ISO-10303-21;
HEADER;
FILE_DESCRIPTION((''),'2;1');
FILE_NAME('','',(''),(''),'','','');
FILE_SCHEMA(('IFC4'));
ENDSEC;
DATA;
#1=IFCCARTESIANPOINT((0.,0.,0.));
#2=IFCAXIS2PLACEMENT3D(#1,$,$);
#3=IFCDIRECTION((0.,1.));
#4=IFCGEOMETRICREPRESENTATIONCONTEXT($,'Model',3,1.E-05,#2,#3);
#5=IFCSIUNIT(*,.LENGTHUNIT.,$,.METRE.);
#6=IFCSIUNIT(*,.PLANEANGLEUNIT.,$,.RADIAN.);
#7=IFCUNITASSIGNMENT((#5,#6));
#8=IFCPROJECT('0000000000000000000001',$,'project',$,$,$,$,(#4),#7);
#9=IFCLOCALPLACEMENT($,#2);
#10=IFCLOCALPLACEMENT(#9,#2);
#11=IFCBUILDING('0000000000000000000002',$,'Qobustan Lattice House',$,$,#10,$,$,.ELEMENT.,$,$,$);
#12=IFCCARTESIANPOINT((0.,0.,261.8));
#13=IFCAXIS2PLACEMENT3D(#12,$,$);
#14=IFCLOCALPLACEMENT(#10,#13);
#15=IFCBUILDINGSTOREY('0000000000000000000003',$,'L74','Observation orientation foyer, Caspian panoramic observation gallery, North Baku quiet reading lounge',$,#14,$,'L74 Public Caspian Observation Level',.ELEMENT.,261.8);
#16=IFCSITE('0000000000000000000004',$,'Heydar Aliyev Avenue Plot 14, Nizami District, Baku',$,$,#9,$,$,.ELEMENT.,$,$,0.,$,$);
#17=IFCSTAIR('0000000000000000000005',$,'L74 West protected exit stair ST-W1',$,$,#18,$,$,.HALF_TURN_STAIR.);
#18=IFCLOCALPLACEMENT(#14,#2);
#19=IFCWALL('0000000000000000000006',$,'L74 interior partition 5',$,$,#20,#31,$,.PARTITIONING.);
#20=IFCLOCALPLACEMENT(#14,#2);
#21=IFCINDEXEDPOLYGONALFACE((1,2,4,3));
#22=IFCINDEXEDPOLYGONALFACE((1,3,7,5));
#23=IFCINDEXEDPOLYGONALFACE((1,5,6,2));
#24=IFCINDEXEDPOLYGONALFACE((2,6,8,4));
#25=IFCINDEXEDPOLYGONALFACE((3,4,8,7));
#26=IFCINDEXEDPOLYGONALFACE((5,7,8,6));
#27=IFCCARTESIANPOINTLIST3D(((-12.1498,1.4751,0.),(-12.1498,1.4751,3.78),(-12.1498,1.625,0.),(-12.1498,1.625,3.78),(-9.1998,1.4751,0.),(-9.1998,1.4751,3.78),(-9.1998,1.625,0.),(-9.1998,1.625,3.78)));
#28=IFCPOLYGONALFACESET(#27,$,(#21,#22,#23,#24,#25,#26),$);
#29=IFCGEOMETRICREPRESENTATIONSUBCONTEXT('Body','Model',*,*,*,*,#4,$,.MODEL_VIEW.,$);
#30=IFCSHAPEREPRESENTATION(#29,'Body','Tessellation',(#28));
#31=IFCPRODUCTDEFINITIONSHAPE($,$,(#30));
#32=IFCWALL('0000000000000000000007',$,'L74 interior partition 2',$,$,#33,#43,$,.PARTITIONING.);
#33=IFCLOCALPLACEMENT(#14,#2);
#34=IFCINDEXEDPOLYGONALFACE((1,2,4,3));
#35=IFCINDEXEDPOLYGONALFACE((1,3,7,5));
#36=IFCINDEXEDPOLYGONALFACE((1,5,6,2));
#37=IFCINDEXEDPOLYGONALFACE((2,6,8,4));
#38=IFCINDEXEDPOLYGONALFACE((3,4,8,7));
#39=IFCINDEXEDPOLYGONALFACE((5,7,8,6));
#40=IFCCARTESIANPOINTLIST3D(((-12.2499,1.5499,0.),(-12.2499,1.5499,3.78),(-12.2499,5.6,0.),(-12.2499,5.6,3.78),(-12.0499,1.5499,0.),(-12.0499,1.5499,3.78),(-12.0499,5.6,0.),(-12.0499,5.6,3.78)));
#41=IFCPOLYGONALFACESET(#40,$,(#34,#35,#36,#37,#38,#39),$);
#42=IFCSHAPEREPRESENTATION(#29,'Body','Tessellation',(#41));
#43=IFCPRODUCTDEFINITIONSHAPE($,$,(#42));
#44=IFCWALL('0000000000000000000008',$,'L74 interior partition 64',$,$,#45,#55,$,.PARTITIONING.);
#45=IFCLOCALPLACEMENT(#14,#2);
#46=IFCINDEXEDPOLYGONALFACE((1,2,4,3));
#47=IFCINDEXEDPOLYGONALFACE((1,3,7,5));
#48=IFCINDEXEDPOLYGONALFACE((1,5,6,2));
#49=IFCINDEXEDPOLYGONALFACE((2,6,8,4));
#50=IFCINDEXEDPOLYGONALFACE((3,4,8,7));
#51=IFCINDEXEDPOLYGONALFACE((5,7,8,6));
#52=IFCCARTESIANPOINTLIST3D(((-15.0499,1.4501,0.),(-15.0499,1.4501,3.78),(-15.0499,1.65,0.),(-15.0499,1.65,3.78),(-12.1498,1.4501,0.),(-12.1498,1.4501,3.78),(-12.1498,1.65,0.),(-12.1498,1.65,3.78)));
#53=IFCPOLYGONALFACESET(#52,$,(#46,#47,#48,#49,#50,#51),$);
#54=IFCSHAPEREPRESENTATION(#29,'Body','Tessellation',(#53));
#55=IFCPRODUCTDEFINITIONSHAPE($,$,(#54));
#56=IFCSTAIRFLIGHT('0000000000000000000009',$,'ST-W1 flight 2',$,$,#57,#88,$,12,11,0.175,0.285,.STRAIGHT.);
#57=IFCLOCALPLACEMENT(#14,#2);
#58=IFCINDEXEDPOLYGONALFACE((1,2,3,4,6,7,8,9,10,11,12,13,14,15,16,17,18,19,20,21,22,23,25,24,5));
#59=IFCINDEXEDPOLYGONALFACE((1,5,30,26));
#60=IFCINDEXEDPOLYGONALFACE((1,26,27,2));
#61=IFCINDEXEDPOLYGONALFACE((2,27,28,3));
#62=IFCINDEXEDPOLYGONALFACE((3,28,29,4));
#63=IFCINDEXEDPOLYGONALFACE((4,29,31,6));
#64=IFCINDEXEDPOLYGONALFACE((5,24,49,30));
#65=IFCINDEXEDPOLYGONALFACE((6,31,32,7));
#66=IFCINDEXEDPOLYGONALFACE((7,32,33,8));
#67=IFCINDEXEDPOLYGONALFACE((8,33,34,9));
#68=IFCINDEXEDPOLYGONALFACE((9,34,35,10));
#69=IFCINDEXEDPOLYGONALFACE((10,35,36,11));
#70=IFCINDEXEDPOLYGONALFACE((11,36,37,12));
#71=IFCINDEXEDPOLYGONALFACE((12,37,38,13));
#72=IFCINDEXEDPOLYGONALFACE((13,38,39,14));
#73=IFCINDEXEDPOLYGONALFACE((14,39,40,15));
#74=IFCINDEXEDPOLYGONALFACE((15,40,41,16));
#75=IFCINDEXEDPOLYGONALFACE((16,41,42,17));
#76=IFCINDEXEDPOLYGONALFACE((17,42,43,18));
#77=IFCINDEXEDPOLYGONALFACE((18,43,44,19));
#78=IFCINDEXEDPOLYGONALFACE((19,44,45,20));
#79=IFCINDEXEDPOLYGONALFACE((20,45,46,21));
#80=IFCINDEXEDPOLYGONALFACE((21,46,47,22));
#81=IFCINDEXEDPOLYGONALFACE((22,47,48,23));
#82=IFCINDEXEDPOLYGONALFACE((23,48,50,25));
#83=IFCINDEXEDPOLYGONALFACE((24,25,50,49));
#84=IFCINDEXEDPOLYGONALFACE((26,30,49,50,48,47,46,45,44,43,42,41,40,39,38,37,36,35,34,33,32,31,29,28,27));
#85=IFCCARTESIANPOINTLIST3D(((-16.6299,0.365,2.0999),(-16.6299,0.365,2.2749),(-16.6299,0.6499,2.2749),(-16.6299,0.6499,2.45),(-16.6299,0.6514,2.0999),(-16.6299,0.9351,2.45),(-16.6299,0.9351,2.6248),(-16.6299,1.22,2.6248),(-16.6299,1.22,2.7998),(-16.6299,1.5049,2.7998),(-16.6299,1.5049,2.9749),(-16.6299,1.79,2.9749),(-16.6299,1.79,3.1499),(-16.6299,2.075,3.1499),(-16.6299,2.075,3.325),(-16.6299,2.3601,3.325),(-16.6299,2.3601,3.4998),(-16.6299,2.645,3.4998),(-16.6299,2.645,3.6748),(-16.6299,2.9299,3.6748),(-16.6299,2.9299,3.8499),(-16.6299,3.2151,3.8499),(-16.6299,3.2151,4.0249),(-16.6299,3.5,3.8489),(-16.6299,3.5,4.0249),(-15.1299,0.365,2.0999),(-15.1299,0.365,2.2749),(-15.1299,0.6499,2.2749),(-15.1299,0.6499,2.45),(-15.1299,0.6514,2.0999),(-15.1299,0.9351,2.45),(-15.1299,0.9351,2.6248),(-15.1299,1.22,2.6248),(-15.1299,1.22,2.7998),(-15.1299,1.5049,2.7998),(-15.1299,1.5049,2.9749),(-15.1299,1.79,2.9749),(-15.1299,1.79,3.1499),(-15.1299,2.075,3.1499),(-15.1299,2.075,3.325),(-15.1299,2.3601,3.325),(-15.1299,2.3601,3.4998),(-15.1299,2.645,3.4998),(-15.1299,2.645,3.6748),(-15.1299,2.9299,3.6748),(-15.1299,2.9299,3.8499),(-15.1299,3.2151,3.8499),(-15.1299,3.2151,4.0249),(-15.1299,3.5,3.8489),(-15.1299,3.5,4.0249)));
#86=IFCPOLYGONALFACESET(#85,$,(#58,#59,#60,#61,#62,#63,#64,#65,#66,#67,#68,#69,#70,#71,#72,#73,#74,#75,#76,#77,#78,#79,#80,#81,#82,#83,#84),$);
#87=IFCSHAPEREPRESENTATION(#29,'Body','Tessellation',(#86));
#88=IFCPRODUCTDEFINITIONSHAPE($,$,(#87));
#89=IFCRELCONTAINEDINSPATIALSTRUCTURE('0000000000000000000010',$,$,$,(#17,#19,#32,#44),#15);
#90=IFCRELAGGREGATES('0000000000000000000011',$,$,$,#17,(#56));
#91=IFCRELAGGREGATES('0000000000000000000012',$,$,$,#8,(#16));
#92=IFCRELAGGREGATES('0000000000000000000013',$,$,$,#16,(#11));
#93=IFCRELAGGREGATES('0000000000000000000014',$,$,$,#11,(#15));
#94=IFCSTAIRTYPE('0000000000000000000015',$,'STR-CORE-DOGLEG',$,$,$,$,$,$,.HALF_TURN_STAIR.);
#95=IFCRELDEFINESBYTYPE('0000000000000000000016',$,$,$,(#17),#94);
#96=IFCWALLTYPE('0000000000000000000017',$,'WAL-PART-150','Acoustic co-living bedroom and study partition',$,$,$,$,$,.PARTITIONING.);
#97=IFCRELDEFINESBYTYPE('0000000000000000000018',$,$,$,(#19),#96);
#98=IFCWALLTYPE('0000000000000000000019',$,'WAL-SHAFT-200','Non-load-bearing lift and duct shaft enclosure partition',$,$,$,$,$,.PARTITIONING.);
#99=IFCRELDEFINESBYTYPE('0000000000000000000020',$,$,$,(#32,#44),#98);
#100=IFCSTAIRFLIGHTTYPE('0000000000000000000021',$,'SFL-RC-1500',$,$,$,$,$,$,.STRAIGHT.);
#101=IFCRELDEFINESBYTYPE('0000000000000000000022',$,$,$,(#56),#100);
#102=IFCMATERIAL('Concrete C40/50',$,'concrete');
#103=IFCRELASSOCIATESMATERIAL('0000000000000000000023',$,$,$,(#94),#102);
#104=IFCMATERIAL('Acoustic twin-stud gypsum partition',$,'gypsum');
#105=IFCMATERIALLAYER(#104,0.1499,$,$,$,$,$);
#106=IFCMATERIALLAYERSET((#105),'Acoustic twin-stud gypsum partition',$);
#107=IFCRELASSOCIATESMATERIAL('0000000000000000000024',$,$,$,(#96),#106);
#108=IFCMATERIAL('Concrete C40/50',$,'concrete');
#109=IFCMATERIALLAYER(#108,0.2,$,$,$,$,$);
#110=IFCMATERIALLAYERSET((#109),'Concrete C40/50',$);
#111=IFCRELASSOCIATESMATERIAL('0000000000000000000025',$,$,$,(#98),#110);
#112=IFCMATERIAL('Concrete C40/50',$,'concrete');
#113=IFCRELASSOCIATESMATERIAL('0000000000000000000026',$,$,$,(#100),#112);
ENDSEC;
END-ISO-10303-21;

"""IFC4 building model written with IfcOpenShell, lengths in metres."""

from ifc_helpers import new_model, si_unit, direction, frame, frame_2d, origin, place, context, subcontext, project, spatial, polyline, rectangle, outline, extrude, material, layer, layer_set, type_object, element, aggregate, save


model = new_model("IFC4")

# Units and contexts
model_context = context("Model", 3, precision=1e-05, world=origin(), true_north=direction((0.0, 1.0)))
body_context = subcontext(model_context, "Body", "Model", "MODEL_VIEW")
ifc_project = project(units=[si_unit("LENGTHUNIT", "METRE"), si_unit("PLANEANGLEUNIT", "RADIAN")], contexts=[model_context])

# Site, building, storey
site_placement = place(None, origin())
site = spatial("IfcSite", under=ifc_project, at=site_placement, Name="Heydar Aliyev Avenue Plot 14, Nizami District, Baku", CompositionType="ELEMENT", RefElevation=0.0)
building_placement = place(site_placement, origin())
building = spatial("IfcBuilding", under=site, at=building_placement, Name="Qobustan Lattice House", CompositionType="ELEMENT")
storey_placement = place(building_placement, frame((0.0, 0.0, 261.8)))
storey = spatial("IfcBuildingStorey", under=building, at=storey_placement, Name="L74", Description="Observation orientation foyer, Caspian panoramic observation gallery, North Baku quiet reading lounge", LongName="L74 Public Caspian Observation Level", CompositionType="ELEMENT", Elevation=261.8)

# Stair
ifc_material_1 = material(Name="Concrete C40/50", Category="concrete")
stair_type = type_object("IfcStairType", Name="STR-CORE-DOGLEG", PredefinedType="HALF_TURN_STAIR", material=ifc_material_1)
stair_1_placement = place(storey_placement, origin())
stair_1 = element("IfcStair", 1, at=stair_1_placement, inside=storey, type_object=stair_type, Name="L74 West protected exit stair ST-W1", PredefinedType="HALF_TURN_STAIR")

# Walls
ifc_material_2 = material(Name="Acoustic twin-stud gypsum partition", Category="gypsum")
ifc_layer_1 = layer(ifc_material_2, 0.1499)
ifc_layer_set_1 = layer_set([ifc_layer_1], Name="Acoustic twin-stud gypsum partition")
wall_type_1 = type_object("IfcWallType", Name="WAL-PART-150", Description="Acoustic co-living bedroom and study partition", PredefinedType="PARTITIONING", material=ifc_layer_set_1)
wall_1_placement = place(storey_placement, frame((-12.1499, 1.55, 0.0), z_axis=(0.0, 0.0, 1.0), x_axis=(1.0, 0.0, 0.0)))
element("IfcWall", 2, at=wall_1_placement, inside=storey, type_object=wall_type_1, Name="L74 interior partition 5", PredefinedType="PARTITIONING", context=body_context, shape_type="SweptSolid", body=[
    extrude(rectangle(XDim=2.95, YDim=0.1499, at=frame_2d((1.4751, 0.0))), origin(), (0.0, 0.0, 1.0), 3.78),
])
ifc_material_3 = material(Name="Concrete C40/50", Category="concrete")
ifc_layer_2 = layer(ifc_material_3, 0.2)
ifc_layer_set_2 = layer_set([ifc_layer_2], Name="Concrete C40/50")
wall_type_2 = type_object("IfcWallType", Name="WAL-SHAFT-200", Description="Non-load-bearing lift and duct shaft enclosure partition", PredefinedType="PARTITIONING", material=ifc_layer_set_2)
wall_2_placement = place(storey_placement, frame((-12.1499, 1.55, 0.0), z_axis=(0.0, 0.0, 1.0), x_axis=(0.0, 1.0, 0.0)))
element("IfcWall", 3, at=wall_2_placement, inside=storey, type_object=wall_type_2, Name="L74 interior partition 2", PredefinedType="PARTITIONING", context=body_context, shape_type="SweptSolid", body=[
    extrude(rectangle(XDim=4.05, YDim=0.2, at=frame_2d((2.0249, 0.0))), origin(), (0.0, 0.0, 1.0), 3.78),
])
wall_3_placement = place(storey_placement, frame((-15.05, 1.55, 0.0), z_axis=(0.0, 0.0, 1.0), x_axis=(1.0, 0.0, 0.0)))
element("IfcWall", 4, at=wall_3_placement, inside=storey, type_object=wall_type_2, Name="L74 interior partition 64", PredefinedType="PARTITIONING", context=body_context, shape_type="SweptSolid", body=[
    extrude(rectangle(XDim=2.9001, YDim=0.2, at=frame_2d((1.4502, 0.0))), origin(), (0.0, 0.0, 1.0), 3.78),
])

# Stair flight
ifc_material_4 = material(Name="Concrete C40/50", Category="concrete")
stair_flight_type = type_object("IfcStairFlightType", Name="SFL-RC-1500", PredefinedType="STRAIGHT", material=ifc_material_4)
stair_flight_placement = place(storey_placement, frame((-15.8799, 0.365, 2.0999), z_axis=(0.0, 0.0, 1.0), x_axis=(0.0, 1.0, 0.0)))
stair_flight = element("IfcStairFlight", 5, at=stair_flight_placement, type_object=stair_flight_type, Name="ST-W1 flight 2", NumberOfRisers=12, NumberOfTreads=11, PredefinedType="STRAIGHT", RiserHeight=0.175, TreadLength=0.285, context=body_context, shape_type="SweptSolid", body=[
    extrude(outline(polyline([(0.0, 0.0), (0.0, 0.175), (0.2849, 0.175), (0.2849, 0.3501), (0.5701, 0.3501), (0.5701, 0.5249), (0.855, 0.5249), (0.855, 0.7), (1.1399, 0.7), (1.1399, 0.875), (1.425, 0.875), (1.425, 1.05), (1.71, 1.05), (1.71, 1.2251), (1.9951, 1.2251), (1.9951, 1.3999), (2.28, 1.3999), (2.28, 1.575), (2.5649, 1.575), (2.5649, 1.75), (2.8501, 1.75), (2.8501, 1.925), (3.135, 1.925), (3.135, 2.1001), (3.135, 1.749), (0.2864, 0.0), (0.0, 0.0)])), frame((0.0, 0.75, 0.0), z_axis=(0.0, -1.0, 0.0), x_axis=(1.0, 0.0, 0.0)), (0.0, 0.0, 1.0), 1.5),
])
aggregate(stair_1, [stair_flight])

save(model, "model.ifc")
